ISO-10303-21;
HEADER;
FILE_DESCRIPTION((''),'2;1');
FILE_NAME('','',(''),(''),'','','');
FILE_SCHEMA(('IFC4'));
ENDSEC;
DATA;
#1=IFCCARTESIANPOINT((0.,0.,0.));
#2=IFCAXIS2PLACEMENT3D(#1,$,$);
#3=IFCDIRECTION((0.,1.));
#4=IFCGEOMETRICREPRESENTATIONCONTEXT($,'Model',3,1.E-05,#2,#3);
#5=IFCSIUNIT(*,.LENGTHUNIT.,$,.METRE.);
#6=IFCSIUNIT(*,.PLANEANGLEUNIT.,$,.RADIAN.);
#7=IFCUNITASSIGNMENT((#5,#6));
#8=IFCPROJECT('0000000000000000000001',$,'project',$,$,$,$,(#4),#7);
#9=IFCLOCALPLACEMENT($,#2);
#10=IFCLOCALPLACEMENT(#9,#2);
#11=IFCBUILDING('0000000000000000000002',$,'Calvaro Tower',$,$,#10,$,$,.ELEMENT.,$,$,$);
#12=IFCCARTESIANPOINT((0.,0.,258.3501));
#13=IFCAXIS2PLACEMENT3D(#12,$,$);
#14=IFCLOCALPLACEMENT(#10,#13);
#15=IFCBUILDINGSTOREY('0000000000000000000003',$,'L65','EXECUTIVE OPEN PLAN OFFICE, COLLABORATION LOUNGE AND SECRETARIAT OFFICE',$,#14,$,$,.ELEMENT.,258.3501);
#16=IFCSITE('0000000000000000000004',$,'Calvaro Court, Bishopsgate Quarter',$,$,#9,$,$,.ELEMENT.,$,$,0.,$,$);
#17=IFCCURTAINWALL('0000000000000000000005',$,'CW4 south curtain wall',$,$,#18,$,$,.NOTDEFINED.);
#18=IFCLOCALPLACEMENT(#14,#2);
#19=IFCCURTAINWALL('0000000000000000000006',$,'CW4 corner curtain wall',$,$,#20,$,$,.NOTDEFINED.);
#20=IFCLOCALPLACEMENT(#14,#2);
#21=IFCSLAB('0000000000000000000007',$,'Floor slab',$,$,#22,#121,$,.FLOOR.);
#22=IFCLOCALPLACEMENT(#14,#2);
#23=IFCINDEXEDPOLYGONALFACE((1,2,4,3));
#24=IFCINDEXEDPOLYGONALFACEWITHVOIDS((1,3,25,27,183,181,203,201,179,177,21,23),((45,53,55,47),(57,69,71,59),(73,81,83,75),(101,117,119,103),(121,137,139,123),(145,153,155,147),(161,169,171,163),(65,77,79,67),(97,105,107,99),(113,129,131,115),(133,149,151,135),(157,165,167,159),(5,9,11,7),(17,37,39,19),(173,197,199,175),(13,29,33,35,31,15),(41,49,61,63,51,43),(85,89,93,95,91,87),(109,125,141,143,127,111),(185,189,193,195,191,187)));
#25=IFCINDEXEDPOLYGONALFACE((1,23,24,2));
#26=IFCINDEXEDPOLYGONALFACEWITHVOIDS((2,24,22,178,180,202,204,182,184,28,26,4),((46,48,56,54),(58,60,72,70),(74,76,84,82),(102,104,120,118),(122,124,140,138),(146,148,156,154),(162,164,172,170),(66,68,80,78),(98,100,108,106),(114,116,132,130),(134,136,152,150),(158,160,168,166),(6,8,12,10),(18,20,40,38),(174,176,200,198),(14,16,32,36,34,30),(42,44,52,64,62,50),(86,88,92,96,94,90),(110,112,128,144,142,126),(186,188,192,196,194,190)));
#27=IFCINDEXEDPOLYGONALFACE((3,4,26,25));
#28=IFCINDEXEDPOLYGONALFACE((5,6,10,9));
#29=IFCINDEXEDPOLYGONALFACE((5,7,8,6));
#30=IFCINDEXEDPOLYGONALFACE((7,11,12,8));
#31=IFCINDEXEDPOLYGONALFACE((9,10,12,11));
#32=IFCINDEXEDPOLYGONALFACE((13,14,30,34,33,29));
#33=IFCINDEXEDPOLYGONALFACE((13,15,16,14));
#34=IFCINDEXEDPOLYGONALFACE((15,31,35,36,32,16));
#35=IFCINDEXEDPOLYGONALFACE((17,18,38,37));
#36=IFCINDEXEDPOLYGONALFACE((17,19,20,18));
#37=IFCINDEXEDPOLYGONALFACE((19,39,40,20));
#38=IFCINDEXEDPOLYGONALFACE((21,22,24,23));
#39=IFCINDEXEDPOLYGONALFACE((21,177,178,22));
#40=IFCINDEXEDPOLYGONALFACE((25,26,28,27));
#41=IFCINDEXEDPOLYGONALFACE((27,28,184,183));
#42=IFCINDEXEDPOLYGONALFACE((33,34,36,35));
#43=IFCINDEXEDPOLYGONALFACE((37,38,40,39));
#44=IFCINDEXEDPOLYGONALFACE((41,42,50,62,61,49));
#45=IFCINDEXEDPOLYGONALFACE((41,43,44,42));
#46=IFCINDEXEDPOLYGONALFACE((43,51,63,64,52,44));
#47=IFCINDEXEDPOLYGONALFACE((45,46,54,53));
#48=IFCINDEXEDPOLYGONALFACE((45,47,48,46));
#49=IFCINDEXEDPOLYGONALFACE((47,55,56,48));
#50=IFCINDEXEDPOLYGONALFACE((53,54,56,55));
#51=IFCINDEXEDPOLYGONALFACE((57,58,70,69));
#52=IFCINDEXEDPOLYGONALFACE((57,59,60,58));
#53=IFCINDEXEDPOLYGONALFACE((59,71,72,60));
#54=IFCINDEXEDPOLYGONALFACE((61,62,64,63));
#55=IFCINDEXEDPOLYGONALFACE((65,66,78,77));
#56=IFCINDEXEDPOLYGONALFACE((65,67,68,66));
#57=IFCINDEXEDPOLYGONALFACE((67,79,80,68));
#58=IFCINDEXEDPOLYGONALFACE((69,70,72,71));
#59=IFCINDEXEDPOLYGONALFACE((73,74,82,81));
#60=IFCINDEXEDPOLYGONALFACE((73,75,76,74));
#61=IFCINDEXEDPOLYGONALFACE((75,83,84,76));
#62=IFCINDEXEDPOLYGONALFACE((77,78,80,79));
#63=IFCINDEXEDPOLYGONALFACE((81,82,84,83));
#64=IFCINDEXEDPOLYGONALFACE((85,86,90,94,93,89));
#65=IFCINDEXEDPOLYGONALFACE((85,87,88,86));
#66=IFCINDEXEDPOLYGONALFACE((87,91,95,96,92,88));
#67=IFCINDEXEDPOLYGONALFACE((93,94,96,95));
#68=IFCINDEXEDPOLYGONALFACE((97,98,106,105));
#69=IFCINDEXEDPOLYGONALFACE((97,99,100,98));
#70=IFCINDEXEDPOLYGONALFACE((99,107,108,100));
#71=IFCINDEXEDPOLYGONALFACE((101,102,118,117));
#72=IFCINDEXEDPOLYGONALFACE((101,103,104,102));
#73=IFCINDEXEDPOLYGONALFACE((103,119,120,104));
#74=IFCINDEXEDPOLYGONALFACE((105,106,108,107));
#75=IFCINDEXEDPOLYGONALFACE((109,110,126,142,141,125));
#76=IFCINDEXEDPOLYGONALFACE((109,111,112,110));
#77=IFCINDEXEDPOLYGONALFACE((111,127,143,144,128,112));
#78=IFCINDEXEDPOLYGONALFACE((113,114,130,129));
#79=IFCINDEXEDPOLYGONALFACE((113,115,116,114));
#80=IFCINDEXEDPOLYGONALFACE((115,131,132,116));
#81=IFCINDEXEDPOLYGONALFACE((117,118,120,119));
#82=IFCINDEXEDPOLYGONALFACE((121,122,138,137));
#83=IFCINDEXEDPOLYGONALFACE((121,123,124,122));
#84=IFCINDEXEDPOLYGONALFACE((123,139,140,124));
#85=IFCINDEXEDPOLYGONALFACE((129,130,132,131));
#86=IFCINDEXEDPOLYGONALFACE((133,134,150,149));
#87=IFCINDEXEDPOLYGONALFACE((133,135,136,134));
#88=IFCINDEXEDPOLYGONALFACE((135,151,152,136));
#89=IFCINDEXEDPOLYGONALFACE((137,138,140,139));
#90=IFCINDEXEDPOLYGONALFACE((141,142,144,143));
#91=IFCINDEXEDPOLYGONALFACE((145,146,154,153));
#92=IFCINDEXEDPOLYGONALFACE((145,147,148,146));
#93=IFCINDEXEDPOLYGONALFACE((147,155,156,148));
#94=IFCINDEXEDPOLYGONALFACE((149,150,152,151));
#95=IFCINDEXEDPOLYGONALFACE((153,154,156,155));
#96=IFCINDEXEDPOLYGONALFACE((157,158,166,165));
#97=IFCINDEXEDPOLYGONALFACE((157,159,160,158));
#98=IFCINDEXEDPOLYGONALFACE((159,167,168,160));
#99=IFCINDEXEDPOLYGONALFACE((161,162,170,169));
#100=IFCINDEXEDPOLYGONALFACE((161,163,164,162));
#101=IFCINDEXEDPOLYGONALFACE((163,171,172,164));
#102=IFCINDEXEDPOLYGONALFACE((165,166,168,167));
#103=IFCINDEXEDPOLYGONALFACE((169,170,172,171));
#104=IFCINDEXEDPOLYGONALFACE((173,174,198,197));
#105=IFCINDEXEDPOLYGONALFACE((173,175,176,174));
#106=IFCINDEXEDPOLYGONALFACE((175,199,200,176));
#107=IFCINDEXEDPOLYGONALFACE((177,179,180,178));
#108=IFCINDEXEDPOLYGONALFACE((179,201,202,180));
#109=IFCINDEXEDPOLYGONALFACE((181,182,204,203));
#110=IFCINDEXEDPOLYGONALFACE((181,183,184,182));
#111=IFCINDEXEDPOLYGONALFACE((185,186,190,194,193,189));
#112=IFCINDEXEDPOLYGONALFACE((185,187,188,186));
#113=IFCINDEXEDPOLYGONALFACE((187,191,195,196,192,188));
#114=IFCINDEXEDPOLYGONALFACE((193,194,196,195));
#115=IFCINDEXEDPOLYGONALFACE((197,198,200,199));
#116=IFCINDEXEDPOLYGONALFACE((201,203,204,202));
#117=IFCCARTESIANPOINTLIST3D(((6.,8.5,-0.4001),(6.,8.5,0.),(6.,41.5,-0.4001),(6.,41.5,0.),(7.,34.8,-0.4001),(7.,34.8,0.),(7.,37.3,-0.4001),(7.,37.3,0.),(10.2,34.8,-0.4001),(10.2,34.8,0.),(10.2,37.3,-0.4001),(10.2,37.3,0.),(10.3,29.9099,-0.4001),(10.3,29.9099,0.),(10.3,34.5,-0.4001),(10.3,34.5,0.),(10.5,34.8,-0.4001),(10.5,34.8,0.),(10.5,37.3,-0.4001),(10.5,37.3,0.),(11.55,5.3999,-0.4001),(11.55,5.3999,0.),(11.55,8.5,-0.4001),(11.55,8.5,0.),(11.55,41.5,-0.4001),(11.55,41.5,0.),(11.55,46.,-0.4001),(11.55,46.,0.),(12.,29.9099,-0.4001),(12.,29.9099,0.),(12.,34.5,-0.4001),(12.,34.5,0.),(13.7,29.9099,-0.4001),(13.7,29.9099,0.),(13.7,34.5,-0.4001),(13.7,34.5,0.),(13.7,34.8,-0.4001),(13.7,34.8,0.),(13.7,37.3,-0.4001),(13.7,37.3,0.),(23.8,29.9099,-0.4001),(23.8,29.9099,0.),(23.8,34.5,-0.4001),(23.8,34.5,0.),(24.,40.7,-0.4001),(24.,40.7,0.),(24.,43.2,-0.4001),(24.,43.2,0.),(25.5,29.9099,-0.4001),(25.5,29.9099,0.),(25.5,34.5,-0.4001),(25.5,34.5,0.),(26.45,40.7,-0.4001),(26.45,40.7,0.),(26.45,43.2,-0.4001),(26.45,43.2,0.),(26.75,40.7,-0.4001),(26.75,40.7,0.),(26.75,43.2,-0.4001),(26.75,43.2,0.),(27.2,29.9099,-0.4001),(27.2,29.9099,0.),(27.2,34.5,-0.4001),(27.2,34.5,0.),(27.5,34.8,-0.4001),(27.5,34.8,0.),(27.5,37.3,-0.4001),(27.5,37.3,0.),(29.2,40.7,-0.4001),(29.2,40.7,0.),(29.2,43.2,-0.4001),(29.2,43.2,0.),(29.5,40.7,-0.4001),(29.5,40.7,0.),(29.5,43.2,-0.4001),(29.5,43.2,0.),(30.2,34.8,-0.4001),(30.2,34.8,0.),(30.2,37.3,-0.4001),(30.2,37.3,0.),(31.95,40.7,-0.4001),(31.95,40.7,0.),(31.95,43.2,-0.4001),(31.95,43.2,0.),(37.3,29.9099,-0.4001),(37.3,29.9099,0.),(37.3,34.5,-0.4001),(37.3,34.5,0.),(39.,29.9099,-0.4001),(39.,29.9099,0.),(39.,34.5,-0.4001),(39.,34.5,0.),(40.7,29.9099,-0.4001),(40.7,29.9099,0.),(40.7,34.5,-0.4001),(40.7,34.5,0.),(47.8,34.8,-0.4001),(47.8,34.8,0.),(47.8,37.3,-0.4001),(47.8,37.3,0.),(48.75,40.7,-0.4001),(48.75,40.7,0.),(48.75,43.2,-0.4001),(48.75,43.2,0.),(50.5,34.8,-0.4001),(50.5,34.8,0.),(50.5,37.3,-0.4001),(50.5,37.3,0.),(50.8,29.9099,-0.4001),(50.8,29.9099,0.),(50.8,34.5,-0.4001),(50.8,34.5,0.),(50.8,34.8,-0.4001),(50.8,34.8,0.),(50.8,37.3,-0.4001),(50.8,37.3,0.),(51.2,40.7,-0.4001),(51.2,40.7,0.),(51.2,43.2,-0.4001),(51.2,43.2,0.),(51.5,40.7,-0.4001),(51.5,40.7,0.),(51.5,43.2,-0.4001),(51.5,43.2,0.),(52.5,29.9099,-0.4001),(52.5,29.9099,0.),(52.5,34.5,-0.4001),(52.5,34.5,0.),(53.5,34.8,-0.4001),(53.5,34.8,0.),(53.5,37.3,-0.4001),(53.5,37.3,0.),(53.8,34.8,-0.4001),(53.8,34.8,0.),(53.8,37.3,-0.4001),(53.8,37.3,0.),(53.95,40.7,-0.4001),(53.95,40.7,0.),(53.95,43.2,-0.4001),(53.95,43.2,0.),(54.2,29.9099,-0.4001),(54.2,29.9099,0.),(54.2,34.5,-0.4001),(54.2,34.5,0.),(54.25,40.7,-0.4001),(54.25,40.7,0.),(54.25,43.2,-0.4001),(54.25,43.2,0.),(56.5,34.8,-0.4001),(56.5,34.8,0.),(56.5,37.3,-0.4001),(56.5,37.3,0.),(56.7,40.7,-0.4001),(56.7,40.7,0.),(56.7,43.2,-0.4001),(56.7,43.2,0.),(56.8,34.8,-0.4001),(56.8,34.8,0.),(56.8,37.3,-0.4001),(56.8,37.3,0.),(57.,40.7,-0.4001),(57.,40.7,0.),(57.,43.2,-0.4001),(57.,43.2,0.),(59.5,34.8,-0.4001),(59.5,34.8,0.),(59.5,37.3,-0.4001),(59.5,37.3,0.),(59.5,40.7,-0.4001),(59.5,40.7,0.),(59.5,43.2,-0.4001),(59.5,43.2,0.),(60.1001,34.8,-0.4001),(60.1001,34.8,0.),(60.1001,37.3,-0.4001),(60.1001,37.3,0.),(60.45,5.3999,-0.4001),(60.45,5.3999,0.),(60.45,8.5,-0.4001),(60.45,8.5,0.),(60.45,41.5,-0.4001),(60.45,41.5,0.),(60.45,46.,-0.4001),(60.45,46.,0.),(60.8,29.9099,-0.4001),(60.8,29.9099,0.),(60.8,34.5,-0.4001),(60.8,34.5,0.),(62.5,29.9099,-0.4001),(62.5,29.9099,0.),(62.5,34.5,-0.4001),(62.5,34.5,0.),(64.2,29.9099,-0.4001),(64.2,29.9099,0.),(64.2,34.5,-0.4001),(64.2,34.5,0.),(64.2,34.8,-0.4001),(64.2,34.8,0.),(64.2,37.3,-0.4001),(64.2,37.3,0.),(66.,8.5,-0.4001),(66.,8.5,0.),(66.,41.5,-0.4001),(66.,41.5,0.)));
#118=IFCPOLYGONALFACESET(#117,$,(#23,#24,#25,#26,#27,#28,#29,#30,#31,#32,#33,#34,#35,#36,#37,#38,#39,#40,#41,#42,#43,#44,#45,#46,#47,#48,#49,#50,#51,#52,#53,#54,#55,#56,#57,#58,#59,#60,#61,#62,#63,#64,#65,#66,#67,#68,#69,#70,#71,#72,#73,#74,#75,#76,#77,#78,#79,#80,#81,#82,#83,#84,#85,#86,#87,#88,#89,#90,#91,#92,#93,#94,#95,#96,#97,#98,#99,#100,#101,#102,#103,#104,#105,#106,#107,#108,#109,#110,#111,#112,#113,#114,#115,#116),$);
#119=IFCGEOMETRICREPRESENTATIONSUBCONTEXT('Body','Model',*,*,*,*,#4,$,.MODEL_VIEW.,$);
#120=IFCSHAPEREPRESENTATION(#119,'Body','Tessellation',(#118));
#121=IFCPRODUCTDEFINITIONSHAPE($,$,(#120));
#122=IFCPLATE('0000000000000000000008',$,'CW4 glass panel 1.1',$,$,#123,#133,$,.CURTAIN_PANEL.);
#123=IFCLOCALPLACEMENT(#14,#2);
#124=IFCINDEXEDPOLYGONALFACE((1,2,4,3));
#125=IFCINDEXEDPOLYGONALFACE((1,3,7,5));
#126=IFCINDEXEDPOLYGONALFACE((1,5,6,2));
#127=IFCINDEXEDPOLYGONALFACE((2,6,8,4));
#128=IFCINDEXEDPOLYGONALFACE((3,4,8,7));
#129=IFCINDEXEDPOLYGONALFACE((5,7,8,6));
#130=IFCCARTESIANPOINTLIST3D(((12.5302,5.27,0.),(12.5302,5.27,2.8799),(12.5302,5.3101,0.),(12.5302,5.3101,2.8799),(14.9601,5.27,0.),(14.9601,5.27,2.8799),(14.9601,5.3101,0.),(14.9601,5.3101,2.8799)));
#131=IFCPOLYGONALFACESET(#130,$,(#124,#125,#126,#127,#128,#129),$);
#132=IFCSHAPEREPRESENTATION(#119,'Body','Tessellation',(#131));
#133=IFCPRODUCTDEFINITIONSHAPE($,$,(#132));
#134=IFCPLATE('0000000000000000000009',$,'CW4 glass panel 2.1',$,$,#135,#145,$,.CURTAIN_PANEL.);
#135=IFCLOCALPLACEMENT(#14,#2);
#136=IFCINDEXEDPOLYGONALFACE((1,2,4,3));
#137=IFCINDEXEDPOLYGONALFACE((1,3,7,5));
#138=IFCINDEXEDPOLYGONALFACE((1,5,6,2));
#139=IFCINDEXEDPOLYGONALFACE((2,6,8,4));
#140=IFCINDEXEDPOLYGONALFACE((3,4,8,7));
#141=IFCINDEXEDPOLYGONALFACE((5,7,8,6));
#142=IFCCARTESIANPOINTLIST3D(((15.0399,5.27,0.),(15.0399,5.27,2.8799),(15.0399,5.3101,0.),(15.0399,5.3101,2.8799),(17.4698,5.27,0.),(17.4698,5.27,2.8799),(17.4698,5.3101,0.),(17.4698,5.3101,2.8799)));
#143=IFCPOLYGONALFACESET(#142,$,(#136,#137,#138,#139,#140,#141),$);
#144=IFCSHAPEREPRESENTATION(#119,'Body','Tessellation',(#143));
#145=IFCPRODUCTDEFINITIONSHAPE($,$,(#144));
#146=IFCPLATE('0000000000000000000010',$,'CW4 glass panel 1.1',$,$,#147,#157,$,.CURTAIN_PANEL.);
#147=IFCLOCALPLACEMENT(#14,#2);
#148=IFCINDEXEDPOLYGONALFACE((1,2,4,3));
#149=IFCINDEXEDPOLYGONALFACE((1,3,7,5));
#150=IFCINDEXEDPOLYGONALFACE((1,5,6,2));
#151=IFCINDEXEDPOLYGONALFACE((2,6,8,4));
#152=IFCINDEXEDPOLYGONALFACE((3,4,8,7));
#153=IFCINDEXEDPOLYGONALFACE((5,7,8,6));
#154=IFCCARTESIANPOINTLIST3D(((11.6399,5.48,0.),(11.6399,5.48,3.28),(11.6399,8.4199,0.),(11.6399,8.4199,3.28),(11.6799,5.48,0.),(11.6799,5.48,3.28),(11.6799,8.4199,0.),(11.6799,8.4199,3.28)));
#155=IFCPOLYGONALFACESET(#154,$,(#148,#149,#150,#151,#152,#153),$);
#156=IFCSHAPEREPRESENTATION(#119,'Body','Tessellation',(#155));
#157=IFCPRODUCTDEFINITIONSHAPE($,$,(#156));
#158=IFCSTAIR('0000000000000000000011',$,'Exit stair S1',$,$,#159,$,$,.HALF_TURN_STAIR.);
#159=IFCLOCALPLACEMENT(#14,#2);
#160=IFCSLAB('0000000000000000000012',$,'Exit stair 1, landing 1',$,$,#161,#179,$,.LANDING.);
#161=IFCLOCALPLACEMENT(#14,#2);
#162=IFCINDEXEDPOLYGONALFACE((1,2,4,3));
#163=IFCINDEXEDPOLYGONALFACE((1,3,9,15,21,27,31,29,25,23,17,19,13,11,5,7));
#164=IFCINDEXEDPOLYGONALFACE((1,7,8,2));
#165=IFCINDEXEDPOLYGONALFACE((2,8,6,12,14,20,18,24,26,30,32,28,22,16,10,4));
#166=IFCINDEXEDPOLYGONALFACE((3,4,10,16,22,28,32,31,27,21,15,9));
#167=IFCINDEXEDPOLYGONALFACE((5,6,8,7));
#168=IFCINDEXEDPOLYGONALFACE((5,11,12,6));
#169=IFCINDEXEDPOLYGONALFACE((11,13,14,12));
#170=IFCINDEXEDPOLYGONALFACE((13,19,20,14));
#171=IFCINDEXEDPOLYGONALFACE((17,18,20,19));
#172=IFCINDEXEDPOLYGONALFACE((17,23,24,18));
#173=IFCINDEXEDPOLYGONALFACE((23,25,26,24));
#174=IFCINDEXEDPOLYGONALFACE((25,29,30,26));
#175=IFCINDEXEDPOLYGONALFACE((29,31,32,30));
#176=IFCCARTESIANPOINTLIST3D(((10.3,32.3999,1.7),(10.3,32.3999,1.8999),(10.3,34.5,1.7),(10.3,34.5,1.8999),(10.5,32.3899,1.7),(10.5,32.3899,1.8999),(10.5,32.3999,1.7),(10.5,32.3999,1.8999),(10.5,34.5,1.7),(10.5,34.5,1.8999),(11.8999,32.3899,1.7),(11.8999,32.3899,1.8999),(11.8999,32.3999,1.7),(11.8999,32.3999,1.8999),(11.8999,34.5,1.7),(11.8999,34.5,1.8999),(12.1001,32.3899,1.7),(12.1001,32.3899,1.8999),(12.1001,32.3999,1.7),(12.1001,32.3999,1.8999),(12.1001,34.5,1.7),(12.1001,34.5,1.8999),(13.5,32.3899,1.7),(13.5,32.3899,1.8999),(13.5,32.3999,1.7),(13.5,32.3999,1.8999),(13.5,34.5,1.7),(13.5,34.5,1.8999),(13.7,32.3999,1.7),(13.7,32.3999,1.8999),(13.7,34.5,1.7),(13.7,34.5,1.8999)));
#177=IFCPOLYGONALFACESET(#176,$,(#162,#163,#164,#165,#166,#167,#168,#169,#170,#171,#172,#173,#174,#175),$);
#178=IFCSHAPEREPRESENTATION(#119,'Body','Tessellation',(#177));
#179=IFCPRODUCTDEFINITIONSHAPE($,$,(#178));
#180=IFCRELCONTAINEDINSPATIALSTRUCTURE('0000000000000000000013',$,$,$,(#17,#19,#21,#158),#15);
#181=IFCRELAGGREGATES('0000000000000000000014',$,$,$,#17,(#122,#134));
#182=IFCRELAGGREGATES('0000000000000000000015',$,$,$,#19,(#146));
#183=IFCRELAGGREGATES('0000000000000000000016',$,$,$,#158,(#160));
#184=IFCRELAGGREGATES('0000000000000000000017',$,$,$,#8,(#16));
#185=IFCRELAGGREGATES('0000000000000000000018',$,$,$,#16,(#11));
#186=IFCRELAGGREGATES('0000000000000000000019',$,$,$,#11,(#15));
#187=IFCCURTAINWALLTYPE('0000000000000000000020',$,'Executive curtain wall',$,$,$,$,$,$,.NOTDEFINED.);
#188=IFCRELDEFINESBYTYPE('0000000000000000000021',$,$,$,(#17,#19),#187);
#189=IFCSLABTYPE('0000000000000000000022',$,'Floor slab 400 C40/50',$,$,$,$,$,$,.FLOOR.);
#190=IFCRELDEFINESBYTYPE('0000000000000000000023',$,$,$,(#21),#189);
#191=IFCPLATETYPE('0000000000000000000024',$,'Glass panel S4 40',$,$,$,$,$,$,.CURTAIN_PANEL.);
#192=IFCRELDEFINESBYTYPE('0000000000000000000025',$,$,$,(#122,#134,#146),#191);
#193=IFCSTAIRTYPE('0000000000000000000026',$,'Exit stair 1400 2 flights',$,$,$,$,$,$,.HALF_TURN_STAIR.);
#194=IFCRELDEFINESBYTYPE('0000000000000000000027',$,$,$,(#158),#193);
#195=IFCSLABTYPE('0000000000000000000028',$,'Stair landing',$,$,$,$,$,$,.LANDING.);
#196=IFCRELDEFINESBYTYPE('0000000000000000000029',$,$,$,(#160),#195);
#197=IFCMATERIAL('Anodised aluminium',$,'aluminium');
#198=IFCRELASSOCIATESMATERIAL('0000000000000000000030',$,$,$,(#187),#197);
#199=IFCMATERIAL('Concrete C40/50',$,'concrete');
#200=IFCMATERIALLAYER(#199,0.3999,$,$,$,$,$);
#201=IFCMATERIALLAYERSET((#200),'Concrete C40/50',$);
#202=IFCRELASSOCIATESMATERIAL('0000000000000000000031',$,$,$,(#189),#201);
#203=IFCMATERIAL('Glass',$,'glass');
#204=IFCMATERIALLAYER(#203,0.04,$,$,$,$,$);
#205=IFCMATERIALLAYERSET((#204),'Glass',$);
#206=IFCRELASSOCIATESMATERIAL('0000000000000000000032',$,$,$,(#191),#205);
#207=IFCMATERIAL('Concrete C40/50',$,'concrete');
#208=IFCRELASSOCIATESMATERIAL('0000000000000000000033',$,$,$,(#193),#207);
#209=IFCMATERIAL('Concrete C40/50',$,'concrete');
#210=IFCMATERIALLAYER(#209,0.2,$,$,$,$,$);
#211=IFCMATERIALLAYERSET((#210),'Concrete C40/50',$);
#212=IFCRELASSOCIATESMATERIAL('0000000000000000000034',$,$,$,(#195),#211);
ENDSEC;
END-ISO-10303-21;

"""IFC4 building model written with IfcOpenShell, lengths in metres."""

from ifc_helpers import new_model, si_unit, direction, frame, origin, origin_2d, place, context, subcontext, project, spatial, polyline, rectangle, outline, extrude, material, layer, layer_set, type_object, element, aggregate, save


model = new_model("IFC4")

# Units and contexts
model_context = context("Model", 3, precision=1e-05, world=origin(), true_north=direction((0.0, 1.0)))
body_context = subcontext(model_context, "Body", "Model", "MODEL_VIEW")
ifc_project = project(units=[si_unit("LENGTHUNIT", "METRE"), si_unit("PLANEANGLEUNIT", "RADIAN")], contexts=[model_context])

# Site, building, storey
site_placement = place(None, origin())
site = spatial("IfcSite", under=ifc_project, at=site_placement, Name="Calvaro Court, Bishopsgate Quarter", CompositionType="ELEMENT", RefElevation=0.0)
building_placement = place(site_placement, origin())
building = spatial("IfcBuilding", under=site, at=building_placement, Name="Calvaro Tower", CompositionType="ELEMENT")
storey_placement = place(building_placement, frame((0.0, 0.0, 258.3501)))
storey = spatial("IfcBuildingStorey", under=building, at=storey_placement, Name="L65", Description="EXECUTIVE OPEN PLAN OFFICE, COLLABORATION LOUNGE AND SECRETARIAT OFFICE", CompositionType="ELEMENT", Elevation=258.3501)

# Curtain wall
ifc_material_1 = material(Name="Anodised aluminium", Category="aluminium")
curtain_wall_type = type_object("IfcCurtainWallType", Name="Executive curtain wall", PredefinedType="NOTDEFINED", material=ifc_material_1)
curtain_wall_1_placement = place(storey_placement, origin())
curtain_wall_1 = element("IfcCurtainWall", 1, at=curtain_wall_1_placement, inside=storey, type_object=curtain_wall_type, Name="CW4 south curtain wall", PredefinedType="NOTDEFINED")

# Curtain wall
curtain_wall_2_placement = place(storey_placement, origin())
curtain_wall_2 = element("IfcCurtainWall", 2, at=curtain_wall_2_placement, inside=storey, type_object=curtain_wall_type, Name="CW4 corner curtain wall", PredefinedType="NOTDEFINED")

# Slab
ifc_material_2 = material(Name="Concrete C40/50", Category="concrete")
ifc_layer_1 = layer(ifc_material_2, 0.3999)
ifc_layer_set_1 = layer_set([ifc_layer_1], Name="Concrete C40/50")
slab_type_1 = type_object("IfcSlabType", Name="Floor slab 400 C40/50", PredefinedType="FLOOR", material=ifc_layer_set_1)
slab_1_placement = place(storey_placement, frame((0.0, 0.0, -0.4001)))
element("IfcSlab", 3, at=slab_1_placement, inside=storey, type_object=slab_type_1, Name="Floor slab", PredefinedType="FLOOR", context=body_context, shape_type="SweptSolid", body=[
    extrude(outline(polyline([(60.45, 8.5), (60.45, 5.3999), (11.55, 5.3999), (11.55, 8.5), (6.0, 8.5), (6.0, 41.5), (11.55, 41.5), (11.55, 46.0), (60.45, 46.0), (60.45, 41.5), (66.0, 41.5), (66.0, 8.5), (60.45, 8.5)]), holes=[polyline([(10.3, 29.9099), (10.3, 34.5), (12.0, 34.5), (13.7, 34.5), (13.7, 29.9099), (12.0, 29.9099), (10.3, 29.9099)]), polyline([(23.8, 29.9099), (23.8, 34.5), (25.5, 34.5), (27.2, 34.5), (27.2, 29.9099), (25.5, 29.9099), (23.8, 29.9099)]), polyline([(37.3, 29.9099), (37.3, 34.5), (39.0, 34.5), (40.7, 34.5), (40.7, 29.9099), (39.0, 29.9099), (37.3, 29.9099)]), polyline([(50.8, 29.9099), (50.8, 34.5), (52.5, 34.5), (54.2, 34.5), (54.2, 29.9099), (52.5, 29.9099), (50.8, 29.9099)]), polyline([(60.8, 29.9099), (60.8, 34.5), (62.5, 34.5), (64.2, 34.5), (64.2, 29.9099), (62.5, 29.9099), (60.8, 29.9099)]), polyline([(50.8, 34.8), (53.5, 34.8), (53.5, 37.3), (50.8, 37.3), (50.8, 34.8)]), polyline([(53.8, 34.8), (56.5, 34.8), (56.5, 37.3), (53.8, 37.3), (53.8, 34.8)]), polyline([(56.8, 34.8), (59.5, 34.8), (59.5, 37.3), (56.8, 37.3), (56.8, 34.8)]), polyline([(24.0, 40.7), (26.45, 40.7), (26.45, 43.2), (24.0, 43.2), (24.0, 40.7)]), polyline([(26.75, 40.7), (29.2, 40.7), (29.2, 43.2), (26.75, 43.2), (26.75, 40.7)]), polyline([(29.5, 40.7), (31.95, 40.7), (31.95, 43.2), (29.5, 43.2), (29.5, 40.7)]), polyline([(48.75, 40.7), (51.2, 40.7), (51.2, 43.2), (48.75, 43.2), (48.75, 40.7)]), polyline([(51.5, 40.7), (53.95, 40.7), (53.95, 43.2), (51.5, 43.2), (51.5, 40.7)]), polyline([(54.25, 40.7), (56.7, 40.7), (56.7, 43.2), (54.25, 43.2), (54.25, 40.7)]), polyline([(57.0, 40.7), (59.5, 40.7), (59.5, 43.2), (57.0, 43.2), (57.0, 40.7)]), polyline([(7.0, 34.8), (10.2, 34.8), (10.2, 37.3), (7.0, 37.3), (7.0, 34.8)]), polyline([(10.5, 34.8), (13.7, 34.8), (13.7, 37.3), (10.5, 37.3), (10.5, 34.8)]), polyline([(60.1001, 34.8), (64.2, 34.8), (64.2, 37.3), (60.1001, 37.3), (60.1001, 34.8)]), polyline([(27.5, 34.8), (30.2, 34.8), (30.2, 37.3), (27.5, 37.3), (27.5, 34.8)]), polyline([(47.8, 34.8), (50.5, 34.8), (50.5, 37.3), (47.8, 37.3), (47.8, 34.8)])]), origin(), (0.0, 0.0, 1.0), 0.4001),
])

# Plates
ifc_material_3 = material(Name="Glass", Category="glass")
ifc_layer_2 = layer(ifc_material_3, 0.04)
ifc_layer_set_2 = layer_set([ifc_layer_2], Name="Glass")
plate_type = type_object("IfcPlateType", Name="Glass panel S4 40", PredefinedType="CURTAIN_PANEL", material=ifc_layer_set_2)
plate_1_placement = place(storey_placement, frame((13.7451, 5.29, 0.0), z_axis=(0.0, 0.0, 1.0), x_axis=(1.0, 0.0, 0.0)))
plate_1 = element("IfcPlate", 4, at=plate_1_placement, type_object=plate_type, Name="CW4 glass panel 1.1", PredefinedType="CURTAIN_PANEL", context=body_context, shape_type="SweptSolid", body=[
    extrude(rectangle(XDim=2.4299, YDim=0.04, at=origin_2d()), origin(), (0.0, 0.0, 1.0), 2.8799),
])
plate_2_placement = place(storey_placement, frame((16.2549, 5.29, 0.0), z_axis=(0.0, 0.0, 1.0), x_axis=(1.0, 0.0, 0.0)))
plate_2 = element("IfcPlate", 5, at=plate_2_placement, type_object=plate_type, Name="CW4 glass panel 2.1", PredefinedType="CURTAIN_PANEL", context=body_context, shape_type="SweptSolid", body=[
    extrude(rectangle(XDim=2.4299, YDim=0.04, at=origin_2d()), origin(), (0.0, 0.0, 1.0), 2.8799),
])
aggregate(curtain_wall_1, [plate_1, plate_2])
plate_3_placement = place(storey_placement, frame((11.6599, 6.95, 0.0), z_axis=(0.0, 0.0, 1.0), x_axis=(0.0, 1.0, 0.0)))
plate_3 = element("IfcPlate", 6, at=plate_3_placement, type_object=plate_type, Name="CW4 glass panel 1.1", PredefinedType="CURTAIN_PANEL", context=body_context, shape_type="SweptSolid", body=[
    extrude(rectangle(XDim=2.9399, YDim=0.04, at=origin_2d()), origin(), (0.0, 0.0, 1.0), 3.28),
])
aggregate(curtain_wall_2, [plate_3])

# Stair, slab
ifc_material_4 = material(Name="Concrete C40/50", Category="concrete")
stair_type = type_object("IfcStairType", Name="Exit stair 1400 2 flights", PredefinedType="HALF_TURN_STAIR", material=ifc_material_4)
stair_1_placement = place(storey_placement, origin())
stair_1 = element("IfcStair", 7, at=stair_1_placement, inside=storey, type_object=stair_type, Name="Exit stair S1", PredefinedType="HALF_TURN_STAIR")
ifc_material_5 = material(Name="Concrete C40/50", Category="concrete")
ifc_layer_3 = layer(ifc_material_5, 0.2)
ifc_layer_set_3 = layer_set([ifc_layer_3], Name="Concrete C40/50")
slab_type_2 = type_object("IfcSlabType", Name="Stair landing", PredefinedType="LANDING", material=ifc_layer_set_3)
slab_2_placement = place(storey_placement, frame((0.0, 0.0, 1.7)))
slab_2 = element("IfcSlab", 8, at=slab_2_placement, type_object=slab_type_2, Name="Exit stair 1, landing 1", PredefinedType="LANDING", context=body_context, shape_type="SweptSolid", body=[
    extrude(outline(polyline([(11.8999, 32.3899), (10.5, 32.3899), (10.5, 32.3999), (10.3, 32.3999), (10.3, 34.5), (10.5, 34.5), (11.8999, 34.5), (12.1001, 34.5), (13.5, 34.5), (13.7, 34.5), (13.7, 32.3999), (13.5, 32.3999), (13.5, 32.3899), (12.1001, 32.3899), (12.1001, 32.3999), (11.8999, 32.3999), (11.8999, 32.3899)])), origin(), (0.0, 0.0, 1.0), 0.2),
])
aggregate(stair_1, [slab_2])

save(model, "model.ifc")
